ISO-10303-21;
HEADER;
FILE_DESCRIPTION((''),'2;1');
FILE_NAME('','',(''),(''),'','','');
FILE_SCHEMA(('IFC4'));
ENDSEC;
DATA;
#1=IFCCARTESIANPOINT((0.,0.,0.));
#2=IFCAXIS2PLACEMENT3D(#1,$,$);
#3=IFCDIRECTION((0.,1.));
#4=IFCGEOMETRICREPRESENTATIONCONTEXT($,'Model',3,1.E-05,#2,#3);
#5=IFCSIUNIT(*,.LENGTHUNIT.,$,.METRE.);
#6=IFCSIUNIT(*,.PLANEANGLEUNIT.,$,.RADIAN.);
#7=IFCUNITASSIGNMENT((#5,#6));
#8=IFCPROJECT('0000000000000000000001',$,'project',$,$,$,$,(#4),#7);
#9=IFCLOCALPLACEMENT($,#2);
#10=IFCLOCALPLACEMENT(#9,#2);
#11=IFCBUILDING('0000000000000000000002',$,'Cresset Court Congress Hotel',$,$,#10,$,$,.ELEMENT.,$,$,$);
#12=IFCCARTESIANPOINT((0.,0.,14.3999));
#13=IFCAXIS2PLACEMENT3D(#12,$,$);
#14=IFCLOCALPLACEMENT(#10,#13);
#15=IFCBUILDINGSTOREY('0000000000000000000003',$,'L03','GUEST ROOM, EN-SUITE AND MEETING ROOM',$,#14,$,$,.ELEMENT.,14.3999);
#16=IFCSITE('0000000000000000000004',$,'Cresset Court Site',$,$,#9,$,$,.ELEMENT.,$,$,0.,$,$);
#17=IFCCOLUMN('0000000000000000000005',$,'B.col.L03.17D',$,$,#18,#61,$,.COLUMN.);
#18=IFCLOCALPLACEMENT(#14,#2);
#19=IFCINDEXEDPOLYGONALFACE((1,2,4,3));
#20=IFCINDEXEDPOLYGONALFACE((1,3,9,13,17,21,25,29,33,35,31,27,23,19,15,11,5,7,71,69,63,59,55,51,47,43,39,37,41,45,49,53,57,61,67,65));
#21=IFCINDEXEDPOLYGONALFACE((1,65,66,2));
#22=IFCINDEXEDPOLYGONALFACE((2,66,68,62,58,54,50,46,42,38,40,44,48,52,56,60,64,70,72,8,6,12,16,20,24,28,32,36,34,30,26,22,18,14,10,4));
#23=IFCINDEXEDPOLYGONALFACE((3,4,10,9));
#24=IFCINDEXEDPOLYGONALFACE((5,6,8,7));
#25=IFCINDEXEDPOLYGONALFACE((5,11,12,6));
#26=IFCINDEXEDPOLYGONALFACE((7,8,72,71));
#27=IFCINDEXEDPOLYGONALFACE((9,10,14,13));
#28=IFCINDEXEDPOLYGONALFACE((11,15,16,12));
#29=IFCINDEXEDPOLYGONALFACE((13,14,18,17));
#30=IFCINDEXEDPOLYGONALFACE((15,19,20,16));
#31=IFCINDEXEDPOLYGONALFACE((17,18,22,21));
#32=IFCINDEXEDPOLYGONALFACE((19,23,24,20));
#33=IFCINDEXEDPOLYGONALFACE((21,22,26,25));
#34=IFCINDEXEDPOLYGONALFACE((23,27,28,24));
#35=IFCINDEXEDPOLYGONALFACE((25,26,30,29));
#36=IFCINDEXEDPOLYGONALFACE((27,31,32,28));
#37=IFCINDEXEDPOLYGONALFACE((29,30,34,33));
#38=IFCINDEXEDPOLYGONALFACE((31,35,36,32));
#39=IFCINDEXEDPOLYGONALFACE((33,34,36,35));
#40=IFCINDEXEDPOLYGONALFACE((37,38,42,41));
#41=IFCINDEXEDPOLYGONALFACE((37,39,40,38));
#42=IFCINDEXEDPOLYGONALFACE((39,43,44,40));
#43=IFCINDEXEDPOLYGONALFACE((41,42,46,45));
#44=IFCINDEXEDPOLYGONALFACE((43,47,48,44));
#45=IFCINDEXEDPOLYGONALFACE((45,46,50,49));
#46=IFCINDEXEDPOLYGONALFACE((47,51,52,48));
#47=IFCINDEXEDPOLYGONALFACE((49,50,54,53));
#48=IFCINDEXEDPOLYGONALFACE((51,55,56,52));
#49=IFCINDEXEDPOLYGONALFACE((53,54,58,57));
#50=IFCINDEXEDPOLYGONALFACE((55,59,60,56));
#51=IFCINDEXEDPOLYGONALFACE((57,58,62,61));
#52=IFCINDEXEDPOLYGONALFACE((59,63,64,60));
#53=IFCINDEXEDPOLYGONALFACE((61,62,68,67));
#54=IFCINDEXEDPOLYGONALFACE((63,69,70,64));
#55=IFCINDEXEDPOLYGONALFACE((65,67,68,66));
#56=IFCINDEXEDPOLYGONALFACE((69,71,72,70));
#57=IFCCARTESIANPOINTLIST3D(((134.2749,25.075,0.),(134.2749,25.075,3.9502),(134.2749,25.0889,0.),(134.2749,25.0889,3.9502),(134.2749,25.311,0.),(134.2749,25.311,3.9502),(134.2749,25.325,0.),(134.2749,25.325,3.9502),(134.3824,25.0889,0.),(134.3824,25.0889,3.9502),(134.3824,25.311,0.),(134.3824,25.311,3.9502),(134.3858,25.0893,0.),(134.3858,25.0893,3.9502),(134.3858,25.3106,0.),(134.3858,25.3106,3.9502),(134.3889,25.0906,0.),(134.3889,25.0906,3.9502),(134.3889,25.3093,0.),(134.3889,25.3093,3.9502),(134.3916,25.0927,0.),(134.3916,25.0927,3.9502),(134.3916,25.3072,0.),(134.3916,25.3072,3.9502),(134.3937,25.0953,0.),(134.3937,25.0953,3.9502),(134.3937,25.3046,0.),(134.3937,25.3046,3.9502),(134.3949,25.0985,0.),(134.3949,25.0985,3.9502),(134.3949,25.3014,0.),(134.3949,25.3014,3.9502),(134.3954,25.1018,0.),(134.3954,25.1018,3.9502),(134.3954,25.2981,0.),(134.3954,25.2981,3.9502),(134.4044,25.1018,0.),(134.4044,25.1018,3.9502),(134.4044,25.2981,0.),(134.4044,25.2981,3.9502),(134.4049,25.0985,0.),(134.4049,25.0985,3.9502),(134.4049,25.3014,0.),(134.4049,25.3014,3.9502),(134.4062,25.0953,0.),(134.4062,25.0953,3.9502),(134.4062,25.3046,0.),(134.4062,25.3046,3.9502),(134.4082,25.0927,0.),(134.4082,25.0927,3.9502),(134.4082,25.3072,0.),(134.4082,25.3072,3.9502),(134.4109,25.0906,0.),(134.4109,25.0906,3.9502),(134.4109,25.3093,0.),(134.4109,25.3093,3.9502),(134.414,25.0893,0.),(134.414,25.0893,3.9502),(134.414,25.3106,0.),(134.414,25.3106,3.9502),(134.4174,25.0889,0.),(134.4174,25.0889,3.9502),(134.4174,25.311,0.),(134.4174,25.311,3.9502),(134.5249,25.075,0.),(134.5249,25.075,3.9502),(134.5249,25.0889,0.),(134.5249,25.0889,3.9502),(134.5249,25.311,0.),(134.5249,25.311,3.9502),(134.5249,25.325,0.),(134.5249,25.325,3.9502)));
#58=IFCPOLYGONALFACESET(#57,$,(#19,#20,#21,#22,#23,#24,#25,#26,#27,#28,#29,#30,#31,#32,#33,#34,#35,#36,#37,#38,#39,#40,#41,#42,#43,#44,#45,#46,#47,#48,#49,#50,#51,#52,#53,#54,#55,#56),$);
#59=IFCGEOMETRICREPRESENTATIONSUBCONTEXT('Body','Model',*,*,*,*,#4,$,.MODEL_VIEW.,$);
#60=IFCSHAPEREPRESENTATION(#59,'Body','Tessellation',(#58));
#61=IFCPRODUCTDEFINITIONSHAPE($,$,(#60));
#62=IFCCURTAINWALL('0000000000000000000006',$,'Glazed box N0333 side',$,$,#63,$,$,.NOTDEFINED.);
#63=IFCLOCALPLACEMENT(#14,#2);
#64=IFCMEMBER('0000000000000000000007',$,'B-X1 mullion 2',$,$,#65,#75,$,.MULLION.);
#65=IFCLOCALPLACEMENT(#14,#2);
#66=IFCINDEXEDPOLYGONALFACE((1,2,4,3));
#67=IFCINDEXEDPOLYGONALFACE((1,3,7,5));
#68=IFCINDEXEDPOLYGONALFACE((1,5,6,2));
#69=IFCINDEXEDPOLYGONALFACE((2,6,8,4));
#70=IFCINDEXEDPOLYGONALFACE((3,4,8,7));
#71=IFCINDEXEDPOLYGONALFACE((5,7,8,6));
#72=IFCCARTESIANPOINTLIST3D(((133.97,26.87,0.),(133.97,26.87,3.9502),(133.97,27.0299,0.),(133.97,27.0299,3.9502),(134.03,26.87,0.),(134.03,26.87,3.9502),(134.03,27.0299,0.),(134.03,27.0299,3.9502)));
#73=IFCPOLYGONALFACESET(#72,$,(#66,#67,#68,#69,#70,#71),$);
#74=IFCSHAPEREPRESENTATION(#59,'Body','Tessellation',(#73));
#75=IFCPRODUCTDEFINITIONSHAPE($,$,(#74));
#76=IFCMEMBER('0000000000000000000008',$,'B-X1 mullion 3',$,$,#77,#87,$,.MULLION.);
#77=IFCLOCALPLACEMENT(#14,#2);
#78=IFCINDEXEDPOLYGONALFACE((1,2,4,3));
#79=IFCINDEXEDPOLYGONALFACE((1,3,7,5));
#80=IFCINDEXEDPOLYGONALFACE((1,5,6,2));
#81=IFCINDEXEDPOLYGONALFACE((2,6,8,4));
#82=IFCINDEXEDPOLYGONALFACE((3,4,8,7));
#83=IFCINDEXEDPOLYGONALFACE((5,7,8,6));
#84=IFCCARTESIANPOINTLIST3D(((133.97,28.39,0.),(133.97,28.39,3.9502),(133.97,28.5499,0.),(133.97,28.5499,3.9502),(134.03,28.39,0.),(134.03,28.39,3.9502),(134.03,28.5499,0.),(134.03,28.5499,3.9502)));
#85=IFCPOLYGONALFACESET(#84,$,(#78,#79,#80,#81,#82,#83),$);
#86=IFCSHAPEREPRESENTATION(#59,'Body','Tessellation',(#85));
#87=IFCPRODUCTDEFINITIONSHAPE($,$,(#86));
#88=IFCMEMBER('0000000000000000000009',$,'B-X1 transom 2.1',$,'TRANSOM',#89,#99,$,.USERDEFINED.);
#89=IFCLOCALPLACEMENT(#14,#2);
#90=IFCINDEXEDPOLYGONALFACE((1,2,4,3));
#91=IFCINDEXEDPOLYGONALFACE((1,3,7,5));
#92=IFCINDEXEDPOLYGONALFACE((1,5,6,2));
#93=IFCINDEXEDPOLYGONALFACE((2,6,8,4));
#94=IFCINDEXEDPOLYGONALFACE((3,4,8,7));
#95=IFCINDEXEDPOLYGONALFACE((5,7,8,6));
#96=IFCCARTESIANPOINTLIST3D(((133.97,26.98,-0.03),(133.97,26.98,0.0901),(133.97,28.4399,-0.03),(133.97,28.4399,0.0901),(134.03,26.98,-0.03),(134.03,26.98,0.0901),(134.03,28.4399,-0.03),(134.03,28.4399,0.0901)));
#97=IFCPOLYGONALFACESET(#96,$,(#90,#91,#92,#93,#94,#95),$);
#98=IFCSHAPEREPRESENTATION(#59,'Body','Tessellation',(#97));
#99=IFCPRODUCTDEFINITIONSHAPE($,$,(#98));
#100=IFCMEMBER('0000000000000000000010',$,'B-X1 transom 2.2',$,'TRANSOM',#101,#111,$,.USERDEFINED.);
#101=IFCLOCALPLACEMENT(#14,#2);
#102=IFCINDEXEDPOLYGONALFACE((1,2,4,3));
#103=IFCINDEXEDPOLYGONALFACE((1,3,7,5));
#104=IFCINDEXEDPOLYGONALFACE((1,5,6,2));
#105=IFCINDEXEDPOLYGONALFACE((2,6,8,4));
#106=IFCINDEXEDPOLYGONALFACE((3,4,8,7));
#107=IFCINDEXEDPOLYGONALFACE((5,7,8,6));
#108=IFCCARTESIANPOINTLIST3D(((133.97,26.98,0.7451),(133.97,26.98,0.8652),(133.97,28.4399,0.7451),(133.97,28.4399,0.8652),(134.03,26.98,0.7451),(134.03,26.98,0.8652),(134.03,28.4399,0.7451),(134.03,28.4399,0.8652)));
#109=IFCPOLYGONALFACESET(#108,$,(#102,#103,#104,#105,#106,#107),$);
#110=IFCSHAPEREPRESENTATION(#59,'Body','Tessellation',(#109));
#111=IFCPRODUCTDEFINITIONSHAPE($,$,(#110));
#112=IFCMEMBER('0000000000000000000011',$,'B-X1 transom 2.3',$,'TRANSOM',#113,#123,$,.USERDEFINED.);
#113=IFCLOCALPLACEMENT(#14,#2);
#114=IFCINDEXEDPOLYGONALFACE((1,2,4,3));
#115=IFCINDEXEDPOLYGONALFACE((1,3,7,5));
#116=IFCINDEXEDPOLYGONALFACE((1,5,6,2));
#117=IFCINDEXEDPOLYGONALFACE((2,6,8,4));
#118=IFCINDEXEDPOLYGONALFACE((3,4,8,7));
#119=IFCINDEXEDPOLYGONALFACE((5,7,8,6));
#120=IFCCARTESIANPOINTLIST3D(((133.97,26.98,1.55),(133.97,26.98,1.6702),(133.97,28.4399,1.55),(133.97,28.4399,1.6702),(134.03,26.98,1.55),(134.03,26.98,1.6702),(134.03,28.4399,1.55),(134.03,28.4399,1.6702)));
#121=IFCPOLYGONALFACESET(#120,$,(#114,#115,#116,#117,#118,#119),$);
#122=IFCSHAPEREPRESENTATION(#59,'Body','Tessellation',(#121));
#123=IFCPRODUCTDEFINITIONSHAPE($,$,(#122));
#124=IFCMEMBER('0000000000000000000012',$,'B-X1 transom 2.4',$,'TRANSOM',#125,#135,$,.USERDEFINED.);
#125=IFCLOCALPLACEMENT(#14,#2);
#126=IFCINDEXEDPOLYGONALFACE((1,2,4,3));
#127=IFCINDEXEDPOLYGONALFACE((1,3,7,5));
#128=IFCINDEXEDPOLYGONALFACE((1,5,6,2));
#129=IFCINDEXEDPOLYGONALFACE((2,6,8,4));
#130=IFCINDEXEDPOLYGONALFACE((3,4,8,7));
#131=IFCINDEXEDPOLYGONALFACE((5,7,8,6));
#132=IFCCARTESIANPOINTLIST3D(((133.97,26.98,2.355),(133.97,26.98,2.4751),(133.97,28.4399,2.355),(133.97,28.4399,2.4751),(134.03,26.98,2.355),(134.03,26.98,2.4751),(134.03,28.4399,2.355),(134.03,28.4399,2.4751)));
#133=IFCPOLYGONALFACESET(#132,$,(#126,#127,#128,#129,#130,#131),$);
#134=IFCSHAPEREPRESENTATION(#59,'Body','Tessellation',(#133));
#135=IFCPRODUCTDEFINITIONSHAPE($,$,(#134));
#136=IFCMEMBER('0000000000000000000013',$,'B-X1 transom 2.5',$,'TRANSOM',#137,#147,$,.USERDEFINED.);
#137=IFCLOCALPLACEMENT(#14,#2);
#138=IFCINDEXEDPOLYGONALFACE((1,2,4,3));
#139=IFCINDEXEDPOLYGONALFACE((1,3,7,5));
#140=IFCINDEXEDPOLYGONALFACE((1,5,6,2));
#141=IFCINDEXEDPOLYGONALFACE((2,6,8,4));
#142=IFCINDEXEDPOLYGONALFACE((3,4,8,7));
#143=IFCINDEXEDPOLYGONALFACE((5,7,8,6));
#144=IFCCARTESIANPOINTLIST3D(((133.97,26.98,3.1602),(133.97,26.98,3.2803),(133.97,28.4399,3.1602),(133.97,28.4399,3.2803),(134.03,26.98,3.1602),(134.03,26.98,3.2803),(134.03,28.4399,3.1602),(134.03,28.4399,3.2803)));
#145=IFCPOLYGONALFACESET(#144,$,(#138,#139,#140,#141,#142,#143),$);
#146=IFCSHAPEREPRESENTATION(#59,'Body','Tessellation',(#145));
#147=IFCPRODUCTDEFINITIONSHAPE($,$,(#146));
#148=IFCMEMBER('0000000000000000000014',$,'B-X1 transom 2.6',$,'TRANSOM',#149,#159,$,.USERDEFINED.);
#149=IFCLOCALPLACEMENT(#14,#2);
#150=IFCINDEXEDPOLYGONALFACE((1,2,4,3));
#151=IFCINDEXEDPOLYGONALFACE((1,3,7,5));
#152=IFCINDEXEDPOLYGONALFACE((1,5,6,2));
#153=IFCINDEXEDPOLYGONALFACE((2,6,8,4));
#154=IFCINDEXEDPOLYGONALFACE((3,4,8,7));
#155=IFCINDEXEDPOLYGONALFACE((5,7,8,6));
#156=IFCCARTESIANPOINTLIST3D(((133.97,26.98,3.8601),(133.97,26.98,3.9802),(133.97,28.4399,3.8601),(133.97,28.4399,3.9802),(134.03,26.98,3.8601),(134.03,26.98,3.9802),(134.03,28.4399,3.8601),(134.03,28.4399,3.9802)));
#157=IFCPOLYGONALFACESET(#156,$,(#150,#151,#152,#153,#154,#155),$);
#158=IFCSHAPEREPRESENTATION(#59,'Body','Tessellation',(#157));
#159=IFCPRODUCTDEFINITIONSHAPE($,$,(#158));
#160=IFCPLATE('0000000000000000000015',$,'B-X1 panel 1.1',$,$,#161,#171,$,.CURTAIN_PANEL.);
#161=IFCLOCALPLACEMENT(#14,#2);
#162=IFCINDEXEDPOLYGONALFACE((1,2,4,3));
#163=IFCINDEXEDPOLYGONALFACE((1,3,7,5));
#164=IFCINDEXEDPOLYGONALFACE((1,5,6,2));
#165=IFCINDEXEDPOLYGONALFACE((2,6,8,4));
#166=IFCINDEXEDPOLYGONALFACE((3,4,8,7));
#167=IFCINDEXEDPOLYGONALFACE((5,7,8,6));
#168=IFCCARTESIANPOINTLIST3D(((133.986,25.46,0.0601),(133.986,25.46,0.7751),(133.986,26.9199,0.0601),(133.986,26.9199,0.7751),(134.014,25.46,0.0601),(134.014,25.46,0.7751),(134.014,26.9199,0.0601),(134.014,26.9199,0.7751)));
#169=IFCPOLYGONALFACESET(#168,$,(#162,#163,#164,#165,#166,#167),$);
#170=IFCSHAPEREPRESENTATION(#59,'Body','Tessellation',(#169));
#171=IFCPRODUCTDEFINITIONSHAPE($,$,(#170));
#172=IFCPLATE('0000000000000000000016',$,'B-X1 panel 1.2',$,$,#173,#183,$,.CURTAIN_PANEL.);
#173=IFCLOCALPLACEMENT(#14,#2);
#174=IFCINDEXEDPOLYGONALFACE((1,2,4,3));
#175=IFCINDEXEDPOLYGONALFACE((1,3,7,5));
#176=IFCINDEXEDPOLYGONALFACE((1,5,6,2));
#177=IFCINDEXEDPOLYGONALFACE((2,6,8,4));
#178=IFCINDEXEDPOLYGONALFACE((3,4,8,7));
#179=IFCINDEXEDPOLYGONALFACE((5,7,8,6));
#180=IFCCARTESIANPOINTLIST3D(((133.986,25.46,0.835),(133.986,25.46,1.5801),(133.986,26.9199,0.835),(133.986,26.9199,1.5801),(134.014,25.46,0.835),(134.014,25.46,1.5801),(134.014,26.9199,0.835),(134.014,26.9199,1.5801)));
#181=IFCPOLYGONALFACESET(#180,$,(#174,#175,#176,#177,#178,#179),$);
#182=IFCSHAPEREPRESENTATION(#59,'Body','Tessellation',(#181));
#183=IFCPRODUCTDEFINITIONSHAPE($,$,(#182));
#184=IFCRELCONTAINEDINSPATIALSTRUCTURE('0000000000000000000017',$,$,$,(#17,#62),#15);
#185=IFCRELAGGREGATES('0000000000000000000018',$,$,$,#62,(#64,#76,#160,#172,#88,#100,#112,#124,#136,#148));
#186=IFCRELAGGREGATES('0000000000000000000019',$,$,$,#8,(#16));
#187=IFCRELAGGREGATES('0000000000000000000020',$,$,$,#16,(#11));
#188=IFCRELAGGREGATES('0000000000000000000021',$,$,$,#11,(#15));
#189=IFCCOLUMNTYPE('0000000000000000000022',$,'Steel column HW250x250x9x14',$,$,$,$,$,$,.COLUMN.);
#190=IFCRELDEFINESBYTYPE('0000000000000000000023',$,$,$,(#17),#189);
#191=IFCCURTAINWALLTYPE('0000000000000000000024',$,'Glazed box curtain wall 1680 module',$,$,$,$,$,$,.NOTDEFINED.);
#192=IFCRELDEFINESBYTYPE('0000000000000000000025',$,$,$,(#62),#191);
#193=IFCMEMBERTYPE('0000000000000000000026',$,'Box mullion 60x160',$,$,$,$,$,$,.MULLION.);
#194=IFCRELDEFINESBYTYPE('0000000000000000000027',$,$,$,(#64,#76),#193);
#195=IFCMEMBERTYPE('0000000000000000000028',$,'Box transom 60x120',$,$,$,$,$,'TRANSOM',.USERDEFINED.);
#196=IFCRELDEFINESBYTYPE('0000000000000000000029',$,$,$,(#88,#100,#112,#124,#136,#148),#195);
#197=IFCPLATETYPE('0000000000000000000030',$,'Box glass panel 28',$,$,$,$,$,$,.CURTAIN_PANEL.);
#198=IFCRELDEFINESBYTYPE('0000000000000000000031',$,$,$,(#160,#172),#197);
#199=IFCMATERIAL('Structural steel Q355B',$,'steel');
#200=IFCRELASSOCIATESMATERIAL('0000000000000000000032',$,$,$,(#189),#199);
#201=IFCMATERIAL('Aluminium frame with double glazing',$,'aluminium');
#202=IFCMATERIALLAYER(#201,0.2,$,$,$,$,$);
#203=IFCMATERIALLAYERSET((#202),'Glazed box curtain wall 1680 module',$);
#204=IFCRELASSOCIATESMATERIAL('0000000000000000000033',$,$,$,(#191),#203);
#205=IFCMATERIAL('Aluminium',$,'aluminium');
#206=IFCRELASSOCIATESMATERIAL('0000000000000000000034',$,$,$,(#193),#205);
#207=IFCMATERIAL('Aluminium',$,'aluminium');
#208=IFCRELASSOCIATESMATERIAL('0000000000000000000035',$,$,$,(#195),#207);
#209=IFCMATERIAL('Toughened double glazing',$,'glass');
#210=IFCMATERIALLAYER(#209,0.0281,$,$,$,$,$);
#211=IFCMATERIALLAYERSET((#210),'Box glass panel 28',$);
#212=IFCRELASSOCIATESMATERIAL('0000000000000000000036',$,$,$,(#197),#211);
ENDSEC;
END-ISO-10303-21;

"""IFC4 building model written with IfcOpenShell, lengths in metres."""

from ifc_helpers import new_model, si_unit, direction, frame, origin, origin_2d, place, context, subcontext, project, spatial, rectangle, i_section, extrude, material, layer, layer_set, material_profile, profile_set, type_object, element, aggregate, save


model = new_model("IFC4")

# Units and contexts
model_context = context("Model", 3, precision=1e-05, world=origin(), true_north=direction((0.0, 1.0)))
body_context = subcontext(model_context, "Body", "Model", "MODEL_VIEW")
ifc_project = project(units=[si_unit("LENGTHUNIT", "METRE"), si_unit("PLANEANGLEUNIT", "RADIAN")], contexts=[model_context])

# Site, building, storey
site_placement = place(None, origin())
site = spatial("IfcSite", under=ifc_project, at=site_placement, Name="Cresset Court Site", CompositionType="ELEMENT", RefElevation=0.0)
building_placement = place(site_placement, origin())
building = spatial("IfcBuilding", under=site, at=building_placement, Name="Cresset Court Congress Hotel", CompositionType="ELEMENT")
storey_placement = place(building_placement, frame((0.0, 0.0, 14.3999)))
storey = spatial("IfcBuildingStorey", under=building, at=storey_placement, Name="L03", Description="GUEST ROOM, EN-SUITE AND MEETING ROOM", CompositionType="ELEMENT", Elevation=14.3999)

# Column
ifc_material_1 = material(Name="Structural steel Q355B", Category="steel")
ifc_material_profile_1 = material_profile(ifc_material_1, i_section(OverallWidth=0.25, OverallDepth=0.25, WebThickness=0.009, FlangeThickness=0.0139, FilletRadius=0.0129, at=origin_2d()), Name="HW250x250x9x14")
ifc_profile_set_1 = profile_set([ifc_material_profile_1], Name="Structural steel Q355B")
column_type = type_object("IfcColumnType", Name="Steel column HW250x250x9x14", PredefinedType="COLUMN", material=ifc_profile_set_1)
column_placement = place(storey_placement, frame((134.3999, 25.2, 0.0), z_axis=(0.0, 0.0, 1.0), x_axis=(1.0, 0.0, 0.0)))
element("IfcColumn", 1, at=column_placement, inside=storey, type_object=column_type, Name="B.col.L03.17D", PredefinedType="COLUMN", context=body_context, shape_type="SweptSolid", body=[
    extrude(i_section(OverallWidth=0.25, OverallDepth=0.25, WebThickness=0.009, FlangeThickness=0.0139, FilletRadius=0.0129, at=origin_2d()), origin(), (0.0, 0.0, 1.0), 3.9502),
])

# Curtain wall, members, plates
ifc_material_2 = material(Name="Aluminium frame with double glazing", Category="aluminium")
ifc_layer_1 = layer(ifc_material_2, 0.2)
ifc_layer_set_1 = layer_set([ifc_layer_1], Name="Glazed box curtain wall 1680 module")
curtain_wall_type = type_object("IfcCurtainWallType", Name="Glazed box curtain wall 1680 module", PredefinedType="NOTDEFINED", material=ifc_layer_set_1)
curtain_wall_placement = place(storey_placement, origin())
curtain_wall = element("IfcCurtainWall", 2, at=curtain_wall_placement, inside=storey, type_object=curtain_wall_type, Name="Glazed box N0333 side", PredefinedType="NOTDEFINED")
ifc_material_3 = material(Name="Aluminium", Category="aluminium")
ifc_material_profile_2 = material_profile(ifc_material_3, rectangle(XDim=0.0601, YDim=0.1599, at=origin_2d()), Name="Box mullion 60x160")
ifc_profile_set_2 = profile_set([ifc_material_profile_2], Name="Aluminium")
member_type_1 = type_object("IfcMemberType", Name="Box mullion 60x160", PredefinedType="MULLION", material=ifc_profile_set_2)
member_1_placement = place(storey_placement, frame((134.0, 26.95, 0.0), z_axis=(0.0, 0.0, 1.0), x_axis=(-1.0, 0.0, 0.0)))
member_1 = element("IfcMember", 3, at=member_1_placement, type_object=member_type_1, Name="B-X1 mullion 2", PredefinedType="MULLION", context=body_context, shape_type="SweptSolid", body=[
    extrude(rectangle(XDim=0.0601, YDim=0.1599, at=origin_2d()), origin(), (0.0, 0.0, 1.0), 3.9502),
])
member_2_placement = place(storey_placement, frame((134.0, 28.47, 0.0), z_axis=(0.0, 0.0, 1.0), x_axis=(-1.0, 0.0, 0.0)))
member_2 = element("IfcMember", 4, at=member_2_placement, type_object=member_type_1, Name="B-X1 mullion 3", PredefinedType="MULLION", context=body_context, shape_type="SweptSolid", body=[
    extrude(rectangle(XDim=0.0601, YDim=0.1599, at=origin_2d()), origin(), (0.0, 0.0, 1.0), 3.9502),
])
ifc_material_4 = material(Name="Aluminium", Category="aluminium")
ifc_material_profile_3 = material_profile(ifc_material_4, rectangle(XDim=0.0601, YDim=0.1201, at=origin_2d()), Name="Box transom 60x120")
ifc_profile_set_3 = profile_set([ifc_material_profile_3], Name="Aluminium")
member_type_2 = type_object("IfcMemberType", Name="Box transom 60x120", ElementType="TRANSOM", PredefinedType="USERDEFINED", material=ifc_profile_set_3)
member_3_placement = place(storey_placement, frame((134.0, 26.98, 0.03), z_axis=(0.0, 1.0, 0.0), x_axis=(-1.0, 0.0, 0.0)))
member_3 = element("IfcMember", 5, at=member_3_placement, type_object=member_type_2, Name="B-X1 transom 2.1", ObjectType="TRANSOM", PredefinedType="USERDEFINED", context=body_context, shape_type="SweptSolid", body=[
    extrude(rectangle(XDim=0.0601, YDim=0.1201, at=origin_2d()), origin(), (0.0, 0.0, 1.0), 1.46),
])
member_4_placement = place(storey_placement, frame((134.0, 26.98, 0.8052), z_axis=(0.0, 1.0, 0.0), x_axis=(-1.0, 0.0, 0.0)))
member_4 = element("IfcMember", 6, at=member_4_placement, type_object=member_type_2, Name="B-X1 transom 2.2", ObjectType="TRANSOM", PredefinedType="USERDEFINED", context=body_context, shape_type="SweptSolid", body=[
    extrude(rectangle(XDim=0.0601, YDim=0.1201, at=origin_2d()), origin(), (0.0, 0.0, 1.0), 1.46),
])
member_5_placement = place(storey_placement, frame((134.0, 26.98, 1.6101), z_axis=(0.0, 1.0, 0.0), x_axis=(-1.0, 0.0, 0.0)))
member_5 = element("IfcMember", 7, at=member_5_placement, type_object=member_type_2, Name="B-X1 transom 2.3", ObjectType="TRANSOM", PredefinedType="USERDEFINED", context=body_context, shape_type="SweptSolid", body=[
    extrude(rectangle(XDim=0.0601, YDim=0.1201, at=origin_2d()), origin(), (0.0, 0.0, 1.0), 1.46),
])
member_6_placement = place(storey_placement, frame((134.0, 26.98, 2.415), z_axis=(0.0, 1.0, 0.0), x_axis=(-1.0, 0.0, 0.0)))
member_6 = element("IfcMember", 8, at=member_6_placement, type_object=member_type_2, Name="B-X1 transom 2.4", ObjectType="TRANSOM", PredefinedType="USERDEFINED", context=body_context, shape_type="SweptSolid", body=[
    extrude(rectangle(XDim=0.0601, YDim=0.1201, at=origin_2d()), origin(), (0.0, 0.0, 1.0), 1.46),
])
member_7_placement = place(storey_placement, frame((134.0, 26.98, 3.2202), z_axis=(0.0, 1.0, 0.0), x_axis=(-1.0, 0.0, 0.0)))
member_7 = element("IfcMember", 9, at=member_7_placement, type_object=member_type_2, Name="B-X1 transom 2.5", ObjectType="TRANSOM", PredefinedType="USERDEFINED", context=body_context, shape_type="SweptSolid", body=[
    extrude(rectangle(XDim=0.0601, YDim=0.1201, at=origin_2d()), origin(), (0.0, 0.0, 1.0), 1.46),
])
member_8_placement = place(storey_placement, frame((134.0, 26.98, 3.9202), z_axis=(0.0, 1.0, 0.0), x_axis=(-1.0, 0.0, 0.0)))
member_8 = element("IfcMember", 10, at=member_8_placement, type_object=member_type_2, Name="B-X1 transom 2.6", ObjectType="TRANSOM", PredefinedType="USERDEFINED", context=body_context, shape_type="SweptSolid", body=[
    extrude(rectangle(XDim=0.0601, YDim=0.1201, at=origin_2d()), origin(), (0.0, 0.0, 1.0), 1.46),
])
ifc_material_5 = material(Name="Toughened double glazing", Category="glass")
ifc_layer_2 = layer(ifc_material_5, 0.0281)
ifc_layer_set_2 = layer_set([ifc_layer_2], Name="Box glass panel 28")
plate_type_1 = type_object("IfcPlateType", Name="Box glass panel 28", PredefinedType="CURTAIN_PANEL", material=ifc_layer_set_2)
plate_1_placement = place(storey_placement, frame((134.0, 26.1899, 0.0601), z_axis=(0.0, 0.0, 1.0), x_axis=(0.0, 1.0, 0.0)))
plate_1 = element("IfcPlate", 11, at=plate_1_placement, type_object=plate_type_1, Name="B-X1 panel 1.1", PredefinedType="CURTAIN_PANEL", context=body_context, shape_type="SweptSolid", body=[
    extrude(rectangle(XDim=1.46, YDim=0.0281, at=origin_2d()), origin(), (0.0, 0.0, 1.0), 0.7151),
])
plate_2_placement = place(storey_placement, frame((134.0, 26.1899, 0.835), z_axis=(0.0, 0.0, 1.0), x_axis=(0.0, 1.0, 0.0)))
plate_2 = element("IfcPlate", 12, at=plate_2_placement, type_object=plate_type_1, Name="B-X1 panel 1.2", PredefinedType="CURTAIN_PANEL", context=body_context, shape_type="SweptSolid", body=[
    extrude(rectangle(XDim=1.46, YDim=0.0281, at=origin_2d()), origin(), (0.0, 0.0, 1.0), 0.7451),
])
aggregate(curtain_wall, [member_1, member_2, plate_1, plate_2, member_3, member_4, member_5, member_6, member_7, member_8])

save(model, "model.ifc")
